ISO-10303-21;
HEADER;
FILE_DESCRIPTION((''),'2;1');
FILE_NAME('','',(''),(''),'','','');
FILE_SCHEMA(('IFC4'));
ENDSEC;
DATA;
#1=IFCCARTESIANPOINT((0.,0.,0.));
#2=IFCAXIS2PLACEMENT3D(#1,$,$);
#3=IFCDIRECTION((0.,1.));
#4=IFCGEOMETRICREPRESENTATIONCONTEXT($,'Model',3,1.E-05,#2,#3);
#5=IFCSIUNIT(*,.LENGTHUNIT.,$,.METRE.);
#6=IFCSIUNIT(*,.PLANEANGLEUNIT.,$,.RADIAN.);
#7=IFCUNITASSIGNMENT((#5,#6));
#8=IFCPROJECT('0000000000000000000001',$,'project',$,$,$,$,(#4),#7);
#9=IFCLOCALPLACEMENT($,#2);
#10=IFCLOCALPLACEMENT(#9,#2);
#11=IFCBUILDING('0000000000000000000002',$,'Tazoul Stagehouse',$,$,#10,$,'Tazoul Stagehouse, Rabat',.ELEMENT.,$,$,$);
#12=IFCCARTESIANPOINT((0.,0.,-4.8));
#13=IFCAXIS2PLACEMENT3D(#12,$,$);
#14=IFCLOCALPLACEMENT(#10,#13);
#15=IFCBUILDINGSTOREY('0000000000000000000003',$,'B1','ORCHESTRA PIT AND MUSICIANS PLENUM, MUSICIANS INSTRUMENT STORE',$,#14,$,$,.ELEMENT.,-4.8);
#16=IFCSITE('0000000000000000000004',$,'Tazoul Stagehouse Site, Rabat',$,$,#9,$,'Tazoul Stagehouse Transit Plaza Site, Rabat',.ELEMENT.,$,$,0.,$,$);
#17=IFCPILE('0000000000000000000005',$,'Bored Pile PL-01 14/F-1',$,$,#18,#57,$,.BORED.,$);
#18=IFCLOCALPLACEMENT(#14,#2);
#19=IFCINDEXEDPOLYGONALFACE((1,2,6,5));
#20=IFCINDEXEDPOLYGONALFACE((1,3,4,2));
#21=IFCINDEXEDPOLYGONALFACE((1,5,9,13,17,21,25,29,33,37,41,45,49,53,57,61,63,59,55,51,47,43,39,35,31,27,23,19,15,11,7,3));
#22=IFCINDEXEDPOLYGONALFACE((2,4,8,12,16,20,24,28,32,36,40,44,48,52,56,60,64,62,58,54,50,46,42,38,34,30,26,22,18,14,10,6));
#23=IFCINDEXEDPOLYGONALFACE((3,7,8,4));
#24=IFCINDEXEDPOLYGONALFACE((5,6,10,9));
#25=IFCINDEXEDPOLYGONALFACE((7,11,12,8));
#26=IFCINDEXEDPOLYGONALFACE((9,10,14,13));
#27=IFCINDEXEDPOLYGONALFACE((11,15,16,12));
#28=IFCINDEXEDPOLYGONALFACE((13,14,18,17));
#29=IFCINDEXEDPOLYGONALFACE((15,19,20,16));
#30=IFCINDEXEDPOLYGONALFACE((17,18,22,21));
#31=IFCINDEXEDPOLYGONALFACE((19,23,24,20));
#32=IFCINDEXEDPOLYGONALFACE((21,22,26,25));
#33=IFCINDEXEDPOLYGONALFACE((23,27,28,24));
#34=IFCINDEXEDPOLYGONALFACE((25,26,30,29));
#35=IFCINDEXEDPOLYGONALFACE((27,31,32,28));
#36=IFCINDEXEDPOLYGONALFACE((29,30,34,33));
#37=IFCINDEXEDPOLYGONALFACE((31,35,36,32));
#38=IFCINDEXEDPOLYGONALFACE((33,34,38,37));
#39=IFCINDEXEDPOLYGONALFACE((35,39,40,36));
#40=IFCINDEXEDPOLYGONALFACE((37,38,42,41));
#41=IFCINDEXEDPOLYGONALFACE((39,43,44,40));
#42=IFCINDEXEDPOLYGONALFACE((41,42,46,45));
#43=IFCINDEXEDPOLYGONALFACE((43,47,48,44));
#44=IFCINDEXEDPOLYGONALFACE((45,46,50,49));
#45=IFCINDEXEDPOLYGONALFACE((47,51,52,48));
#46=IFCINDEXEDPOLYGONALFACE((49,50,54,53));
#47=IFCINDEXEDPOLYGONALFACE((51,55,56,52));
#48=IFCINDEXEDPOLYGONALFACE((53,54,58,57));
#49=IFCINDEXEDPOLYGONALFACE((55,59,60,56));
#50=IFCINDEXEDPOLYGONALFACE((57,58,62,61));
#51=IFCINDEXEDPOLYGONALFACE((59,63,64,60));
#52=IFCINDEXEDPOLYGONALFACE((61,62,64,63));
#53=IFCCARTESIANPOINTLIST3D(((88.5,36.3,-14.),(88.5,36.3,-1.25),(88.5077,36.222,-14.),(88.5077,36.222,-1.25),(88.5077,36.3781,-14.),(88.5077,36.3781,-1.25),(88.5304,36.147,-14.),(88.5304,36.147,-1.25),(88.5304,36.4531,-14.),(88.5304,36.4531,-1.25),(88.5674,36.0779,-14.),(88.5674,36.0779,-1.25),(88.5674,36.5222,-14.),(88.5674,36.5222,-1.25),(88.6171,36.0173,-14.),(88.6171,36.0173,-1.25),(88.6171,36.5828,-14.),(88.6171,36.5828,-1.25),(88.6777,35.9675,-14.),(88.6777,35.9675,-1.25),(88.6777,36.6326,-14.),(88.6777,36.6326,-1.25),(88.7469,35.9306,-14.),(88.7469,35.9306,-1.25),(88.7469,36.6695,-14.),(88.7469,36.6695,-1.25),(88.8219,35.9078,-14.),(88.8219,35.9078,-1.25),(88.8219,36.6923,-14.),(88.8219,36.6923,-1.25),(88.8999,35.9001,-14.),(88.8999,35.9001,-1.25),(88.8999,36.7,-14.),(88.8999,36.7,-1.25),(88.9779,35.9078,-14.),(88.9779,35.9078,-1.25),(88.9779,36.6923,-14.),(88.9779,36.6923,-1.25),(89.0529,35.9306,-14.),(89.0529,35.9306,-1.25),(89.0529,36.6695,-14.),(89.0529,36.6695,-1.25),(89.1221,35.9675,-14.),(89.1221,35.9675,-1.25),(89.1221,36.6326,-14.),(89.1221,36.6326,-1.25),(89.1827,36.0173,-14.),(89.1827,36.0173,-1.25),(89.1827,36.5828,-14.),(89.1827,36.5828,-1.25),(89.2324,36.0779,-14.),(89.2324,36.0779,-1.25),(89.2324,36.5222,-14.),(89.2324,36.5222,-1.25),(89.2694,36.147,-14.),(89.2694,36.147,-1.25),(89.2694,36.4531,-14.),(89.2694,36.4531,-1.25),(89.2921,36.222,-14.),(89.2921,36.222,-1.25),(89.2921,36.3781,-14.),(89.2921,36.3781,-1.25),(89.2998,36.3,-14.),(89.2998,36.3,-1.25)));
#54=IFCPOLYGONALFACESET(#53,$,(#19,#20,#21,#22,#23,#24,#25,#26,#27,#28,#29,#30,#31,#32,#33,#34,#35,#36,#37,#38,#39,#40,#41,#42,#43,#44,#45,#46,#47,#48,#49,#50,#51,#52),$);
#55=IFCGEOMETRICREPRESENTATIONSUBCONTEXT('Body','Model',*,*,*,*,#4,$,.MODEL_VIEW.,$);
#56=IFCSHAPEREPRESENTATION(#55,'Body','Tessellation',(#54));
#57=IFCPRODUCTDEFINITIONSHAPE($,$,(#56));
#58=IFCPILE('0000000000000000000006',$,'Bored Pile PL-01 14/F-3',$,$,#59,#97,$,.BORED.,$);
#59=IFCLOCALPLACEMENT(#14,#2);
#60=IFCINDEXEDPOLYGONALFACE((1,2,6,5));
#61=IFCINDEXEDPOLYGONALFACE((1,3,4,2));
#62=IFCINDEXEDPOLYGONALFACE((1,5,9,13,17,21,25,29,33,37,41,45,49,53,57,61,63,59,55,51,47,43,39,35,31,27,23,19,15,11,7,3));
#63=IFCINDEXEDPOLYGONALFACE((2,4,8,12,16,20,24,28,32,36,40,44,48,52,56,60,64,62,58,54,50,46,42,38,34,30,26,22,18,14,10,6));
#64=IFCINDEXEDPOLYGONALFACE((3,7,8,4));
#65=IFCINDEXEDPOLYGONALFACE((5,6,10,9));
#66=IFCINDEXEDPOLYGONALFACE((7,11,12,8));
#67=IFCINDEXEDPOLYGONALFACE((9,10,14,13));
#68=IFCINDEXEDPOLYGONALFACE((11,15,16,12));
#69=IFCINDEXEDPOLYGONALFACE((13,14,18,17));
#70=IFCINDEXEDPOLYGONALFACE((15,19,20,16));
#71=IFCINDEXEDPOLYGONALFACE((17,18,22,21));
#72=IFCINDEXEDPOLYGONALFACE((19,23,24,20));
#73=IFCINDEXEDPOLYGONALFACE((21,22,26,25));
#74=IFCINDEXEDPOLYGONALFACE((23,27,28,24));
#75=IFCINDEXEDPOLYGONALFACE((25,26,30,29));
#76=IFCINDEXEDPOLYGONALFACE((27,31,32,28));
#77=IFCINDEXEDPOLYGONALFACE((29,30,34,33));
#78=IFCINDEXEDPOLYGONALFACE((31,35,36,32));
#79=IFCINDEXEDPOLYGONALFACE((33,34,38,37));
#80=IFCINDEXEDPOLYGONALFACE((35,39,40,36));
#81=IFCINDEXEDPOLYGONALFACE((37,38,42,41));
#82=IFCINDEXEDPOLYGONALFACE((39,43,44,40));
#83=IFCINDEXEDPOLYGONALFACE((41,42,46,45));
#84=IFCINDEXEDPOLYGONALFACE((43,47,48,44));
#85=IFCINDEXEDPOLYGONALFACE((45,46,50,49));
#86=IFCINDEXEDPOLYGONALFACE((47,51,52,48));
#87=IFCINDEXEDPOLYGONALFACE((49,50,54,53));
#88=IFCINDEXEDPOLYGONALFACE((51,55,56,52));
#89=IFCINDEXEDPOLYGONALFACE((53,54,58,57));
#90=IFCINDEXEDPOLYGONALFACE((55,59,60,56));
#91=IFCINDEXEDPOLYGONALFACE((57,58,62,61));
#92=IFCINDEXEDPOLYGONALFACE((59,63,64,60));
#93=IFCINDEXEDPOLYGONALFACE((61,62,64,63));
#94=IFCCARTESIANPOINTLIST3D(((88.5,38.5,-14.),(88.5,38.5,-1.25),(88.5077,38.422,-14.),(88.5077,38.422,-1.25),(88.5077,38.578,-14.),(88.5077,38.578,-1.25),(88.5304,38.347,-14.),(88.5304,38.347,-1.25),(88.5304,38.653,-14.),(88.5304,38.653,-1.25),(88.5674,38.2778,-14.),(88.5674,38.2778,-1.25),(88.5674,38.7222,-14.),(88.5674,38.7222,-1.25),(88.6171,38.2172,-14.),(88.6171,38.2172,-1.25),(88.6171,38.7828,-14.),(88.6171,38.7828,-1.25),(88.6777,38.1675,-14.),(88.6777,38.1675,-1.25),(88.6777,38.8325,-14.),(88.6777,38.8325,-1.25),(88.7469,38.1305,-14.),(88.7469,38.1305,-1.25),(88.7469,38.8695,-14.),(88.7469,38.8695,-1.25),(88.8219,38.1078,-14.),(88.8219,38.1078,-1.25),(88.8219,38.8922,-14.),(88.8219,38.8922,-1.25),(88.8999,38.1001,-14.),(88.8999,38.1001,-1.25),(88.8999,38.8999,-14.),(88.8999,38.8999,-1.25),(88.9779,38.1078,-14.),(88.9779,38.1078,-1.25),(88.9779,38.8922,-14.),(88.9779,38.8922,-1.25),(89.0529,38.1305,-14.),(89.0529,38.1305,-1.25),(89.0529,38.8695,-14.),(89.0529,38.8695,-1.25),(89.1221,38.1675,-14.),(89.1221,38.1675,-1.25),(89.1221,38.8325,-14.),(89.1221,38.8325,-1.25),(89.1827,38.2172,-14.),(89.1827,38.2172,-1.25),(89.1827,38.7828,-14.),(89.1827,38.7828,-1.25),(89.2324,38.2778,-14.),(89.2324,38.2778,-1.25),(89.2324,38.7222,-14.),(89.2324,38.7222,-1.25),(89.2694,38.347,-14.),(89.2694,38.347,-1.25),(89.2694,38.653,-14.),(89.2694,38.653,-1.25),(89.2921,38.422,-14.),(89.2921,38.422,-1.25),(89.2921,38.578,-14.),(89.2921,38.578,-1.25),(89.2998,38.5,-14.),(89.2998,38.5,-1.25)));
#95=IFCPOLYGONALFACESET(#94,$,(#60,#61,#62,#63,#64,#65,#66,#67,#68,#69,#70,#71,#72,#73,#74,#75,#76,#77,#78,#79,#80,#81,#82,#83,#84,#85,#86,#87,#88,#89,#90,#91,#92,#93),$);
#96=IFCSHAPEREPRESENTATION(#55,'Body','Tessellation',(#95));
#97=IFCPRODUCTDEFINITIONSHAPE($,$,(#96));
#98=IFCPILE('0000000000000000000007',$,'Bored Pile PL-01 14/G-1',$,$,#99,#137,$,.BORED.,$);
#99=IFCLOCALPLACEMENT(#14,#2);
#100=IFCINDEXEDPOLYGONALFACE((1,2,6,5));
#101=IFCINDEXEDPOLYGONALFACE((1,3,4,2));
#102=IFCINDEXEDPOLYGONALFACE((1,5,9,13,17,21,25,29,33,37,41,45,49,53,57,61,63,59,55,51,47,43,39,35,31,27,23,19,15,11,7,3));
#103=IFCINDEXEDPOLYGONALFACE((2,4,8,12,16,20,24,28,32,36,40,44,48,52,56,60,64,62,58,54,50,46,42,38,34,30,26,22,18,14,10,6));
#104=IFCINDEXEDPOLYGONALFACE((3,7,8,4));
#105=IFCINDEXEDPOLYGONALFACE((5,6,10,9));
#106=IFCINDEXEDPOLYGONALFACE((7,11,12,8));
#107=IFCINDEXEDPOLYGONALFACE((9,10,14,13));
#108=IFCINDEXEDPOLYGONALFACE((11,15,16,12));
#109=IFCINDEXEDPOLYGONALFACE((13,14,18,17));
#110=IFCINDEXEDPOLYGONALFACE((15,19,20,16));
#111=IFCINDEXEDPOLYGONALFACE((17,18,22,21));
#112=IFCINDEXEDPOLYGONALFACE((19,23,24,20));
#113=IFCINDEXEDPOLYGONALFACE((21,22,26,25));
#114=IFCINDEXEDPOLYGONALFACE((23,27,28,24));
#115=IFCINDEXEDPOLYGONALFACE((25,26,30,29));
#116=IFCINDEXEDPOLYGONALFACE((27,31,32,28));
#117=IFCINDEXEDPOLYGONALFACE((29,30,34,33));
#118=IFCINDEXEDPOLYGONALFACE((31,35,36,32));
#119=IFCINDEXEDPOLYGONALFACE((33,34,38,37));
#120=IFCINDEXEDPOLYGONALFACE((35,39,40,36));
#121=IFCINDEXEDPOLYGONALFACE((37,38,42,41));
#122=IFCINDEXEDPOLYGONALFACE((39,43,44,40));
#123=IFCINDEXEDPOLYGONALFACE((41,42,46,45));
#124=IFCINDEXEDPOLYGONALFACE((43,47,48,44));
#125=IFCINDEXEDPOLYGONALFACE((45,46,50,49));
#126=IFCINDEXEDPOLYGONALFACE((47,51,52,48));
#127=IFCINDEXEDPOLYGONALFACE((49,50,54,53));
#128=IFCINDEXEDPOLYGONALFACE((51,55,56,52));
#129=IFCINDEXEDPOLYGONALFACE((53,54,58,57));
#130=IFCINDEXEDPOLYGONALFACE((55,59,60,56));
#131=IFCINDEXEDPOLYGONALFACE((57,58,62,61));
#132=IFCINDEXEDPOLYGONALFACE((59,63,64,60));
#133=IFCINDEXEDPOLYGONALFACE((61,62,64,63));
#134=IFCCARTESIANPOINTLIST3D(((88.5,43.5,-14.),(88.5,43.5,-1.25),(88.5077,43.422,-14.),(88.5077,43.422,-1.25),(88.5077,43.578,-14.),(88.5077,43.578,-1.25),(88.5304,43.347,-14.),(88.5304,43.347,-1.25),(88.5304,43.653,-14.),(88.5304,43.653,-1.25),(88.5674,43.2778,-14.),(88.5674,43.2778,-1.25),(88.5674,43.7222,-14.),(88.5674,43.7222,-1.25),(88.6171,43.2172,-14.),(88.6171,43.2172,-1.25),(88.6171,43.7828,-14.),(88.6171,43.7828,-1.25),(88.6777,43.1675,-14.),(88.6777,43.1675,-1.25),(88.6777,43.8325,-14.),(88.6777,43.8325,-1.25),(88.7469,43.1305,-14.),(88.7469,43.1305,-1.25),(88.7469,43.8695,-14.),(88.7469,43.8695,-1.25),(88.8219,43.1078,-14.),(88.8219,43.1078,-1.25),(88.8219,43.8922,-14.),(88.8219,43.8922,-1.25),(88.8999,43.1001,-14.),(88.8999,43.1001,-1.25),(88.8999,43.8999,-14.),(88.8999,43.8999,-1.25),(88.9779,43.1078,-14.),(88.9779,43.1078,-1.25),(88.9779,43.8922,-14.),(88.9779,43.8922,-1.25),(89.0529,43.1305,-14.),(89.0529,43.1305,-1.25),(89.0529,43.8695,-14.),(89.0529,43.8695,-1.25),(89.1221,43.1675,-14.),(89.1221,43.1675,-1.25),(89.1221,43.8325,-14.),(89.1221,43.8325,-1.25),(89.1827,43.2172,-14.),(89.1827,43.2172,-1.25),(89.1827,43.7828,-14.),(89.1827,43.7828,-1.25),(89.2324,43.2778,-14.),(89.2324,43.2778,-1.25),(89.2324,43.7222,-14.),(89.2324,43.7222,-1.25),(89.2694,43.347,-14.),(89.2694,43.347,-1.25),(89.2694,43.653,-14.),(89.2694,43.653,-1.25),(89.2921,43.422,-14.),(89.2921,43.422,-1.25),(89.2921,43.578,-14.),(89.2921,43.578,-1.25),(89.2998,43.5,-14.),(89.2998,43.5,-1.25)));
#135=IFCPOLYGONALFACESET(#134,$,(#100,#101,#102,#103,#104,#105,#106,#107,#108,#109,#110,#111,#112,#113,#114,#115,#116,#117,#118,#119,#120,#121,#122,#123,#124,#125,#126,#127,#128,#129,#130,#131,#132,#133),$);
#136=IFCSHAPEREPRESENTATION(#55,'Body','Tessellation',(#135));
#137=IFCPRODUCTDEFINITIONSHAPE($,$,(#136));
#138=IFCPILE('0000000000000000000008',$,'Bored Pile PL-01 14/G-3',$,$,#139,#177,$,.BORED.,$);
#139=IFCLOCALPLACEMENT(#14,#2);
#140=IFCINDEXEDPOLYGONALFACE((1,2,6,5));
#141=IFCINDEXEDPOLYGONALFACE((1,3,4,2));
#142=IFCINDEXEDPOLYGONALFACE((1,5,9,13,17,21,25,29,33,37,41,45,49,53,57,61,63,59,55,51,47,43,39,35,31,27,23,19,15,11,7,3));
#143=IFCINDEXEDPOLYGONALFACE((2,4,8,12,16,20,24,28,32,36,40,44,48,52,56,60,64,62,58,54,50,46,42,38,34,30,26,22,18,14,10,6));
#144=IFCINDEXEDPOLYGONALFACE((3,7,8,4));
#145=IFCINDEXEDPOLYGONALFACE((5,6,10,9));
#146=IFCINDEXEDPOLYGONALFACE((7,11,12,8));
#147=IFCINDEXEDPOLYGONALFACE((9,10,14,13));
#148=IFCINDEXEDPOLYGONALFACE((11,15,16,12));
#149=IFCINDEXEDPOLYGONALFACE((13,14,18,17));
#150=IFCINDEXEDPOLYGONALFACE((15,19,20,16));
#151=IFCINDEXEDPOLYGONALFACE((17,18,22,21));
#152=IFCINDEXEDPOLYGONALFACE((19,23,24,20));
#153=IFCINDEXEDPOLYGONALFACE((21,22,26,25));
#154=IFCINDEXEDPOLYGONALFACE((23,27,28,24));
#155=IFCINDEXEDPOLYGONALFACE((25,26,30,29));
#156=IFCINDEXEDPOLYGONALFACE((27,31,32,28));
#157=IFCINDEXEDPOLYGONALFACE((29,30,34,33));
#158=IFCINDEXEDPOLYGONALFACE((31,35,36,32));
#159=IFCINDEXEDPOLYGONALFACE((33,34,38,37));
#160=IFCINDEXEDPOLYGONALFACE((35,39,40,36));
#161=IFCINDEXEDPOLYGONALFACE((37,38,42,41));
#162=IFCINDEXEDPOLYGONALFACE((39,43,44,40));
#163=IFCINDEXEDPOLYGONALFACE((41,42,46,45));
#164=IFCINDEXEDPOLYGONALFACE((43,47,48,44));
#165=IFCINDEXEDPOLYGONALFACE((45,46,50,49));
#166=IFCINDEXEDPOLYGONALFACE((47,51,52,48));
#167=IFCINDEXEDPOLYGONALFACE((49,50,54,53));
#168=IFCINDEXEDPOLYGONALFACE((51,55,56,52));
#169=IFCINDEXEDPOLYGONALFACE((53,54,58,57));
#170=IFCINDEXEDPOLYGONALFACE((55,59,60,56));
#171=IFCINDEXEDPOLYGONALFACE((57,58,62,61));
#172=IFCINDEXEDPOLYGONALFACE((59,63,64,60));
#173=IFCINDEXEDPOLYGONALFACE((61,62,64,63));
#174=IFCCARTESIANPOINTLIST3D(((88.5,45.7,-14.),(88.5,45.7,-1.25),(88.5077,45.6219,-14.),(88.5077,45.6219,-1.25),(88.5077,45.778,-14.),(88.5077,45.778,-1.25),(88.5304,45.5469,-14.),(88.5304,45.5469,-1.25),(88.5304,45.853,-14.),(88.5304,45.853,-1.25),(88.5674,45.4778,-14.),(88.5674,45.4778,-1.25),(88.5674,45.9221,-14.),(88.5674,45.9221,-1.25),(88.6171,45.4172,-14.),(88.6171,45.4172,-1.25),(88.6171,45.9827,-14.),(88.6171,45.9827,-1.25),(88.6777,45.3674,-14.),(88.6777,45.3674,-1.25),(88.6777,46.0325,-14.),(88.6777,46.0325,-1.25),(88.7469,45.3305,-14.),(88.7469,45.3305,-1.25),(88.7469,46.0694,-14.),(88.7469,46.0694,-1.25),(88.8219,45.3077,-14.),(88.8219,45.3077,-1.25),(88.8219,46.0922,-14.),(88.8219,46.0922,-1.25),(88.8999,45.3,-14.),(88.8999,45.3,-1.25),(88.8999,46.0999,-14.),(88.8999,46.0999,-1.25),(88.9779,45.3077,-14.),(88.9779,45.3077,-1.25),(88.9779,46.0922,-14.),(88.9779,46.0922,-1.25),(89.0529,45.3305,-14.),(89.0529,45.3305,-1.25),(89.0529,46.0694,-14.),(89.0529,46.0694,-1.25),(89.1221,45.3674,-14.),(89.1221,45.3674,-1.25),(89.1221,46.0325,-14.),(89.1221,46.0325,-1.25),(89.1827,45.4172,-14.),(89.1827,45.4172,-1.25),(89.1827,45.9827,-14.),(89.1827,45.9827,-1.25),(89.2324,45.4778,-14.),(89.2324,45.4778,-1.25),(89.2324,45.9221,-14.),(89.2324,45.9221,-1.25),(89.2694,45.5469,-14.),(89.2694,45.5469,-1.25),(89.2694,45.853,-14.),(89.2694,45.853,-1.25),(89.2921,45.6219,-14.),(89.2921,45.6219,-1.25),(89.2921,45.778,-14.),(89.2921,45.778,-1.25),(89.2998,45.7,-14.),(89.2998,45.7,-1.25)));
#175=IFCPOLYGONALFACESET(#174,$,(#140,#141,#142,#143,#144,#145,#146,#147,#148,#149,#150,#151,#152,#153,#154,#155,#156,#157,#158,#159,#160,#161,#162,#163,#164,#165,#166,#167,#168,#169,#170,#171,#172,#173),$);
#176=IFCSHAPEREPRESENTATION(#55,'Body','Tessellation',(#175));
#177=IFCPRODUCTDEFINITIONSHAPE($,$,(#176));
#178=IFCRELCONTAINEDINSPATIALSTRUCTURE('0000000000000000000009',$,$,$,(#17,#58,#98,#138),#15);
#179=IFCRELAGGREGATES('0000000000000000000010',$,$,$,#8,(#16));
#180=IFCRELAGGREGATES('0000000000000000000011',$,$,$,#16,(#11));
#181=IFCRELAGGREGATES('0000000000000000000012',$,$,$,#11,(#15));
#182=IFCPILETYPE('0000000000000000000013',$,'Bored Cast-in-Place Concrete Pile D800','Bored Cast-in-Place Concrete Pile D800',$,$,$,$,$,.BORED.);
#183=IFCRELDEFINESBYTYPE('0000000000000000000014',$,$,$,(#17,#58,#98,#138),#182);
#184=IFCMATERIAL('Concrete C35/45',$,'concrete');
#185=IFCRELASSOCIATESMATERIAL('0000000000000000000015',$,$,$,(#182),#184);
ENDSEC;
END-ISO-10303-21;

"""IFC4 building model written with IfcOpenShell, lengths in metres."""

from ifc_helpers import new_model, si_unit, direction, frame, origin, origin_2d, place, context, subcontext, project, spatial, circle, extrude, material, material_profile, profile_set, type_object, element, save


model = new_model("IFC4")

# Units and contexts
model_context = context("Model", 3, precision=1e-05, world=origin(), true_north=direction((0.0, 1.0)))
body_context = subcontext(model_context, "Body", "Model", "MODEL_VIEW")
ifc_project = project(units=[si_unit("LENGTHUNIT", "METRE"), si_unit("PLANEANGLEUNIT", "RADIAN")], contexts=[model_context])

# Site, building, storey
site_placement = place(None, origin())
site = spatial("IfcSite", under=ifc_project, at=site_placement, Name="Tazoul Stagehouse Site, Rabat", LongName="Tazoul Stagehouse Transit Plaza Site, Rabat", CompositionType="ELEMENT", RefElevation=0.0)
building_placement = place(site_placement, origin())
building = spatial("IfcBuilding", under=site, at=building_placement, Name="Tazoul Stagehouse", LongName="Tazoul Stagehouse, Rabat", CompositionType="ELEMENT")
storey_placement = place(building_placement, frame((0.0, 0.0, -4.8)))
storey = spatial("IfcBuildingStorey", under=building, at=storey_placement, Name="B1", Description="ORCHESTRA PIT AND MUSICIANS PLENUM, MUSICIANS INSTRUMENT STORE", CompositionType="ELEMENT", Elevation=-4.8)

# Piles
ifc_material_1 = material(Name="Concrete C35/45", Category="concrete")
ifc_material_profile_1 = material_profile(ifc_material_1, circle(Radius=0.3999, at=origin_2d()), Name="BORED PILE 800")
ifc_profile_set_1 = profile_set([ifc_material_profile_1], Name="Concrete C35/45")
pile_type_1 = type_object("IfcPileType", Name="Bored Cast-in-Place Concrete Pile D800", Description="Bored Cast-in-Place Concrete Pile D800", PredefinedType="BORED", material=ifc_profile_set_1)
for number, where, z_axis, x_axis, name in (
    (1, (88.8999, 36.3, -1.25), (0.0, 0.0, -1.0), (1.0, 0.0, 0.0), "Bored Pile PL-01 14/F-1"),
    (2, (88.8999, 38.5, -1.25), (0.0, 0.0, -1.0), (1.0, 0.0, 0.0), "Bored Pile PL-01 14/F-3"),
    (3, (88.8999, 43.5, -1.25), (0.0, 0.0, -1.0), (1.0, 0.0, 0.0), "Bored Pile PL-01 14/G-1"),
    (4, (88.8999, 45.7, -1.25), (0.0, 0.0, -1.0), (1.0, 0.0, 0.0), "Bored Pile PL-01 14/G-3"),
):
    element("IfcPile", number, at=place(storey_placement, frame(where, z_axis=z_axis, x_axis=x_axis)), inside=storey, type_object=pile_type_1, Name=name, PredefinedType="BORED", context=body_context, shape_type="SweptSolid", body=[
        extrude(circle(Radius=0.3999, at=origin_2d()), origin(), (0.0, 0.0, 1.0), 12.75),
    ])

save(model, "model.ifc")
